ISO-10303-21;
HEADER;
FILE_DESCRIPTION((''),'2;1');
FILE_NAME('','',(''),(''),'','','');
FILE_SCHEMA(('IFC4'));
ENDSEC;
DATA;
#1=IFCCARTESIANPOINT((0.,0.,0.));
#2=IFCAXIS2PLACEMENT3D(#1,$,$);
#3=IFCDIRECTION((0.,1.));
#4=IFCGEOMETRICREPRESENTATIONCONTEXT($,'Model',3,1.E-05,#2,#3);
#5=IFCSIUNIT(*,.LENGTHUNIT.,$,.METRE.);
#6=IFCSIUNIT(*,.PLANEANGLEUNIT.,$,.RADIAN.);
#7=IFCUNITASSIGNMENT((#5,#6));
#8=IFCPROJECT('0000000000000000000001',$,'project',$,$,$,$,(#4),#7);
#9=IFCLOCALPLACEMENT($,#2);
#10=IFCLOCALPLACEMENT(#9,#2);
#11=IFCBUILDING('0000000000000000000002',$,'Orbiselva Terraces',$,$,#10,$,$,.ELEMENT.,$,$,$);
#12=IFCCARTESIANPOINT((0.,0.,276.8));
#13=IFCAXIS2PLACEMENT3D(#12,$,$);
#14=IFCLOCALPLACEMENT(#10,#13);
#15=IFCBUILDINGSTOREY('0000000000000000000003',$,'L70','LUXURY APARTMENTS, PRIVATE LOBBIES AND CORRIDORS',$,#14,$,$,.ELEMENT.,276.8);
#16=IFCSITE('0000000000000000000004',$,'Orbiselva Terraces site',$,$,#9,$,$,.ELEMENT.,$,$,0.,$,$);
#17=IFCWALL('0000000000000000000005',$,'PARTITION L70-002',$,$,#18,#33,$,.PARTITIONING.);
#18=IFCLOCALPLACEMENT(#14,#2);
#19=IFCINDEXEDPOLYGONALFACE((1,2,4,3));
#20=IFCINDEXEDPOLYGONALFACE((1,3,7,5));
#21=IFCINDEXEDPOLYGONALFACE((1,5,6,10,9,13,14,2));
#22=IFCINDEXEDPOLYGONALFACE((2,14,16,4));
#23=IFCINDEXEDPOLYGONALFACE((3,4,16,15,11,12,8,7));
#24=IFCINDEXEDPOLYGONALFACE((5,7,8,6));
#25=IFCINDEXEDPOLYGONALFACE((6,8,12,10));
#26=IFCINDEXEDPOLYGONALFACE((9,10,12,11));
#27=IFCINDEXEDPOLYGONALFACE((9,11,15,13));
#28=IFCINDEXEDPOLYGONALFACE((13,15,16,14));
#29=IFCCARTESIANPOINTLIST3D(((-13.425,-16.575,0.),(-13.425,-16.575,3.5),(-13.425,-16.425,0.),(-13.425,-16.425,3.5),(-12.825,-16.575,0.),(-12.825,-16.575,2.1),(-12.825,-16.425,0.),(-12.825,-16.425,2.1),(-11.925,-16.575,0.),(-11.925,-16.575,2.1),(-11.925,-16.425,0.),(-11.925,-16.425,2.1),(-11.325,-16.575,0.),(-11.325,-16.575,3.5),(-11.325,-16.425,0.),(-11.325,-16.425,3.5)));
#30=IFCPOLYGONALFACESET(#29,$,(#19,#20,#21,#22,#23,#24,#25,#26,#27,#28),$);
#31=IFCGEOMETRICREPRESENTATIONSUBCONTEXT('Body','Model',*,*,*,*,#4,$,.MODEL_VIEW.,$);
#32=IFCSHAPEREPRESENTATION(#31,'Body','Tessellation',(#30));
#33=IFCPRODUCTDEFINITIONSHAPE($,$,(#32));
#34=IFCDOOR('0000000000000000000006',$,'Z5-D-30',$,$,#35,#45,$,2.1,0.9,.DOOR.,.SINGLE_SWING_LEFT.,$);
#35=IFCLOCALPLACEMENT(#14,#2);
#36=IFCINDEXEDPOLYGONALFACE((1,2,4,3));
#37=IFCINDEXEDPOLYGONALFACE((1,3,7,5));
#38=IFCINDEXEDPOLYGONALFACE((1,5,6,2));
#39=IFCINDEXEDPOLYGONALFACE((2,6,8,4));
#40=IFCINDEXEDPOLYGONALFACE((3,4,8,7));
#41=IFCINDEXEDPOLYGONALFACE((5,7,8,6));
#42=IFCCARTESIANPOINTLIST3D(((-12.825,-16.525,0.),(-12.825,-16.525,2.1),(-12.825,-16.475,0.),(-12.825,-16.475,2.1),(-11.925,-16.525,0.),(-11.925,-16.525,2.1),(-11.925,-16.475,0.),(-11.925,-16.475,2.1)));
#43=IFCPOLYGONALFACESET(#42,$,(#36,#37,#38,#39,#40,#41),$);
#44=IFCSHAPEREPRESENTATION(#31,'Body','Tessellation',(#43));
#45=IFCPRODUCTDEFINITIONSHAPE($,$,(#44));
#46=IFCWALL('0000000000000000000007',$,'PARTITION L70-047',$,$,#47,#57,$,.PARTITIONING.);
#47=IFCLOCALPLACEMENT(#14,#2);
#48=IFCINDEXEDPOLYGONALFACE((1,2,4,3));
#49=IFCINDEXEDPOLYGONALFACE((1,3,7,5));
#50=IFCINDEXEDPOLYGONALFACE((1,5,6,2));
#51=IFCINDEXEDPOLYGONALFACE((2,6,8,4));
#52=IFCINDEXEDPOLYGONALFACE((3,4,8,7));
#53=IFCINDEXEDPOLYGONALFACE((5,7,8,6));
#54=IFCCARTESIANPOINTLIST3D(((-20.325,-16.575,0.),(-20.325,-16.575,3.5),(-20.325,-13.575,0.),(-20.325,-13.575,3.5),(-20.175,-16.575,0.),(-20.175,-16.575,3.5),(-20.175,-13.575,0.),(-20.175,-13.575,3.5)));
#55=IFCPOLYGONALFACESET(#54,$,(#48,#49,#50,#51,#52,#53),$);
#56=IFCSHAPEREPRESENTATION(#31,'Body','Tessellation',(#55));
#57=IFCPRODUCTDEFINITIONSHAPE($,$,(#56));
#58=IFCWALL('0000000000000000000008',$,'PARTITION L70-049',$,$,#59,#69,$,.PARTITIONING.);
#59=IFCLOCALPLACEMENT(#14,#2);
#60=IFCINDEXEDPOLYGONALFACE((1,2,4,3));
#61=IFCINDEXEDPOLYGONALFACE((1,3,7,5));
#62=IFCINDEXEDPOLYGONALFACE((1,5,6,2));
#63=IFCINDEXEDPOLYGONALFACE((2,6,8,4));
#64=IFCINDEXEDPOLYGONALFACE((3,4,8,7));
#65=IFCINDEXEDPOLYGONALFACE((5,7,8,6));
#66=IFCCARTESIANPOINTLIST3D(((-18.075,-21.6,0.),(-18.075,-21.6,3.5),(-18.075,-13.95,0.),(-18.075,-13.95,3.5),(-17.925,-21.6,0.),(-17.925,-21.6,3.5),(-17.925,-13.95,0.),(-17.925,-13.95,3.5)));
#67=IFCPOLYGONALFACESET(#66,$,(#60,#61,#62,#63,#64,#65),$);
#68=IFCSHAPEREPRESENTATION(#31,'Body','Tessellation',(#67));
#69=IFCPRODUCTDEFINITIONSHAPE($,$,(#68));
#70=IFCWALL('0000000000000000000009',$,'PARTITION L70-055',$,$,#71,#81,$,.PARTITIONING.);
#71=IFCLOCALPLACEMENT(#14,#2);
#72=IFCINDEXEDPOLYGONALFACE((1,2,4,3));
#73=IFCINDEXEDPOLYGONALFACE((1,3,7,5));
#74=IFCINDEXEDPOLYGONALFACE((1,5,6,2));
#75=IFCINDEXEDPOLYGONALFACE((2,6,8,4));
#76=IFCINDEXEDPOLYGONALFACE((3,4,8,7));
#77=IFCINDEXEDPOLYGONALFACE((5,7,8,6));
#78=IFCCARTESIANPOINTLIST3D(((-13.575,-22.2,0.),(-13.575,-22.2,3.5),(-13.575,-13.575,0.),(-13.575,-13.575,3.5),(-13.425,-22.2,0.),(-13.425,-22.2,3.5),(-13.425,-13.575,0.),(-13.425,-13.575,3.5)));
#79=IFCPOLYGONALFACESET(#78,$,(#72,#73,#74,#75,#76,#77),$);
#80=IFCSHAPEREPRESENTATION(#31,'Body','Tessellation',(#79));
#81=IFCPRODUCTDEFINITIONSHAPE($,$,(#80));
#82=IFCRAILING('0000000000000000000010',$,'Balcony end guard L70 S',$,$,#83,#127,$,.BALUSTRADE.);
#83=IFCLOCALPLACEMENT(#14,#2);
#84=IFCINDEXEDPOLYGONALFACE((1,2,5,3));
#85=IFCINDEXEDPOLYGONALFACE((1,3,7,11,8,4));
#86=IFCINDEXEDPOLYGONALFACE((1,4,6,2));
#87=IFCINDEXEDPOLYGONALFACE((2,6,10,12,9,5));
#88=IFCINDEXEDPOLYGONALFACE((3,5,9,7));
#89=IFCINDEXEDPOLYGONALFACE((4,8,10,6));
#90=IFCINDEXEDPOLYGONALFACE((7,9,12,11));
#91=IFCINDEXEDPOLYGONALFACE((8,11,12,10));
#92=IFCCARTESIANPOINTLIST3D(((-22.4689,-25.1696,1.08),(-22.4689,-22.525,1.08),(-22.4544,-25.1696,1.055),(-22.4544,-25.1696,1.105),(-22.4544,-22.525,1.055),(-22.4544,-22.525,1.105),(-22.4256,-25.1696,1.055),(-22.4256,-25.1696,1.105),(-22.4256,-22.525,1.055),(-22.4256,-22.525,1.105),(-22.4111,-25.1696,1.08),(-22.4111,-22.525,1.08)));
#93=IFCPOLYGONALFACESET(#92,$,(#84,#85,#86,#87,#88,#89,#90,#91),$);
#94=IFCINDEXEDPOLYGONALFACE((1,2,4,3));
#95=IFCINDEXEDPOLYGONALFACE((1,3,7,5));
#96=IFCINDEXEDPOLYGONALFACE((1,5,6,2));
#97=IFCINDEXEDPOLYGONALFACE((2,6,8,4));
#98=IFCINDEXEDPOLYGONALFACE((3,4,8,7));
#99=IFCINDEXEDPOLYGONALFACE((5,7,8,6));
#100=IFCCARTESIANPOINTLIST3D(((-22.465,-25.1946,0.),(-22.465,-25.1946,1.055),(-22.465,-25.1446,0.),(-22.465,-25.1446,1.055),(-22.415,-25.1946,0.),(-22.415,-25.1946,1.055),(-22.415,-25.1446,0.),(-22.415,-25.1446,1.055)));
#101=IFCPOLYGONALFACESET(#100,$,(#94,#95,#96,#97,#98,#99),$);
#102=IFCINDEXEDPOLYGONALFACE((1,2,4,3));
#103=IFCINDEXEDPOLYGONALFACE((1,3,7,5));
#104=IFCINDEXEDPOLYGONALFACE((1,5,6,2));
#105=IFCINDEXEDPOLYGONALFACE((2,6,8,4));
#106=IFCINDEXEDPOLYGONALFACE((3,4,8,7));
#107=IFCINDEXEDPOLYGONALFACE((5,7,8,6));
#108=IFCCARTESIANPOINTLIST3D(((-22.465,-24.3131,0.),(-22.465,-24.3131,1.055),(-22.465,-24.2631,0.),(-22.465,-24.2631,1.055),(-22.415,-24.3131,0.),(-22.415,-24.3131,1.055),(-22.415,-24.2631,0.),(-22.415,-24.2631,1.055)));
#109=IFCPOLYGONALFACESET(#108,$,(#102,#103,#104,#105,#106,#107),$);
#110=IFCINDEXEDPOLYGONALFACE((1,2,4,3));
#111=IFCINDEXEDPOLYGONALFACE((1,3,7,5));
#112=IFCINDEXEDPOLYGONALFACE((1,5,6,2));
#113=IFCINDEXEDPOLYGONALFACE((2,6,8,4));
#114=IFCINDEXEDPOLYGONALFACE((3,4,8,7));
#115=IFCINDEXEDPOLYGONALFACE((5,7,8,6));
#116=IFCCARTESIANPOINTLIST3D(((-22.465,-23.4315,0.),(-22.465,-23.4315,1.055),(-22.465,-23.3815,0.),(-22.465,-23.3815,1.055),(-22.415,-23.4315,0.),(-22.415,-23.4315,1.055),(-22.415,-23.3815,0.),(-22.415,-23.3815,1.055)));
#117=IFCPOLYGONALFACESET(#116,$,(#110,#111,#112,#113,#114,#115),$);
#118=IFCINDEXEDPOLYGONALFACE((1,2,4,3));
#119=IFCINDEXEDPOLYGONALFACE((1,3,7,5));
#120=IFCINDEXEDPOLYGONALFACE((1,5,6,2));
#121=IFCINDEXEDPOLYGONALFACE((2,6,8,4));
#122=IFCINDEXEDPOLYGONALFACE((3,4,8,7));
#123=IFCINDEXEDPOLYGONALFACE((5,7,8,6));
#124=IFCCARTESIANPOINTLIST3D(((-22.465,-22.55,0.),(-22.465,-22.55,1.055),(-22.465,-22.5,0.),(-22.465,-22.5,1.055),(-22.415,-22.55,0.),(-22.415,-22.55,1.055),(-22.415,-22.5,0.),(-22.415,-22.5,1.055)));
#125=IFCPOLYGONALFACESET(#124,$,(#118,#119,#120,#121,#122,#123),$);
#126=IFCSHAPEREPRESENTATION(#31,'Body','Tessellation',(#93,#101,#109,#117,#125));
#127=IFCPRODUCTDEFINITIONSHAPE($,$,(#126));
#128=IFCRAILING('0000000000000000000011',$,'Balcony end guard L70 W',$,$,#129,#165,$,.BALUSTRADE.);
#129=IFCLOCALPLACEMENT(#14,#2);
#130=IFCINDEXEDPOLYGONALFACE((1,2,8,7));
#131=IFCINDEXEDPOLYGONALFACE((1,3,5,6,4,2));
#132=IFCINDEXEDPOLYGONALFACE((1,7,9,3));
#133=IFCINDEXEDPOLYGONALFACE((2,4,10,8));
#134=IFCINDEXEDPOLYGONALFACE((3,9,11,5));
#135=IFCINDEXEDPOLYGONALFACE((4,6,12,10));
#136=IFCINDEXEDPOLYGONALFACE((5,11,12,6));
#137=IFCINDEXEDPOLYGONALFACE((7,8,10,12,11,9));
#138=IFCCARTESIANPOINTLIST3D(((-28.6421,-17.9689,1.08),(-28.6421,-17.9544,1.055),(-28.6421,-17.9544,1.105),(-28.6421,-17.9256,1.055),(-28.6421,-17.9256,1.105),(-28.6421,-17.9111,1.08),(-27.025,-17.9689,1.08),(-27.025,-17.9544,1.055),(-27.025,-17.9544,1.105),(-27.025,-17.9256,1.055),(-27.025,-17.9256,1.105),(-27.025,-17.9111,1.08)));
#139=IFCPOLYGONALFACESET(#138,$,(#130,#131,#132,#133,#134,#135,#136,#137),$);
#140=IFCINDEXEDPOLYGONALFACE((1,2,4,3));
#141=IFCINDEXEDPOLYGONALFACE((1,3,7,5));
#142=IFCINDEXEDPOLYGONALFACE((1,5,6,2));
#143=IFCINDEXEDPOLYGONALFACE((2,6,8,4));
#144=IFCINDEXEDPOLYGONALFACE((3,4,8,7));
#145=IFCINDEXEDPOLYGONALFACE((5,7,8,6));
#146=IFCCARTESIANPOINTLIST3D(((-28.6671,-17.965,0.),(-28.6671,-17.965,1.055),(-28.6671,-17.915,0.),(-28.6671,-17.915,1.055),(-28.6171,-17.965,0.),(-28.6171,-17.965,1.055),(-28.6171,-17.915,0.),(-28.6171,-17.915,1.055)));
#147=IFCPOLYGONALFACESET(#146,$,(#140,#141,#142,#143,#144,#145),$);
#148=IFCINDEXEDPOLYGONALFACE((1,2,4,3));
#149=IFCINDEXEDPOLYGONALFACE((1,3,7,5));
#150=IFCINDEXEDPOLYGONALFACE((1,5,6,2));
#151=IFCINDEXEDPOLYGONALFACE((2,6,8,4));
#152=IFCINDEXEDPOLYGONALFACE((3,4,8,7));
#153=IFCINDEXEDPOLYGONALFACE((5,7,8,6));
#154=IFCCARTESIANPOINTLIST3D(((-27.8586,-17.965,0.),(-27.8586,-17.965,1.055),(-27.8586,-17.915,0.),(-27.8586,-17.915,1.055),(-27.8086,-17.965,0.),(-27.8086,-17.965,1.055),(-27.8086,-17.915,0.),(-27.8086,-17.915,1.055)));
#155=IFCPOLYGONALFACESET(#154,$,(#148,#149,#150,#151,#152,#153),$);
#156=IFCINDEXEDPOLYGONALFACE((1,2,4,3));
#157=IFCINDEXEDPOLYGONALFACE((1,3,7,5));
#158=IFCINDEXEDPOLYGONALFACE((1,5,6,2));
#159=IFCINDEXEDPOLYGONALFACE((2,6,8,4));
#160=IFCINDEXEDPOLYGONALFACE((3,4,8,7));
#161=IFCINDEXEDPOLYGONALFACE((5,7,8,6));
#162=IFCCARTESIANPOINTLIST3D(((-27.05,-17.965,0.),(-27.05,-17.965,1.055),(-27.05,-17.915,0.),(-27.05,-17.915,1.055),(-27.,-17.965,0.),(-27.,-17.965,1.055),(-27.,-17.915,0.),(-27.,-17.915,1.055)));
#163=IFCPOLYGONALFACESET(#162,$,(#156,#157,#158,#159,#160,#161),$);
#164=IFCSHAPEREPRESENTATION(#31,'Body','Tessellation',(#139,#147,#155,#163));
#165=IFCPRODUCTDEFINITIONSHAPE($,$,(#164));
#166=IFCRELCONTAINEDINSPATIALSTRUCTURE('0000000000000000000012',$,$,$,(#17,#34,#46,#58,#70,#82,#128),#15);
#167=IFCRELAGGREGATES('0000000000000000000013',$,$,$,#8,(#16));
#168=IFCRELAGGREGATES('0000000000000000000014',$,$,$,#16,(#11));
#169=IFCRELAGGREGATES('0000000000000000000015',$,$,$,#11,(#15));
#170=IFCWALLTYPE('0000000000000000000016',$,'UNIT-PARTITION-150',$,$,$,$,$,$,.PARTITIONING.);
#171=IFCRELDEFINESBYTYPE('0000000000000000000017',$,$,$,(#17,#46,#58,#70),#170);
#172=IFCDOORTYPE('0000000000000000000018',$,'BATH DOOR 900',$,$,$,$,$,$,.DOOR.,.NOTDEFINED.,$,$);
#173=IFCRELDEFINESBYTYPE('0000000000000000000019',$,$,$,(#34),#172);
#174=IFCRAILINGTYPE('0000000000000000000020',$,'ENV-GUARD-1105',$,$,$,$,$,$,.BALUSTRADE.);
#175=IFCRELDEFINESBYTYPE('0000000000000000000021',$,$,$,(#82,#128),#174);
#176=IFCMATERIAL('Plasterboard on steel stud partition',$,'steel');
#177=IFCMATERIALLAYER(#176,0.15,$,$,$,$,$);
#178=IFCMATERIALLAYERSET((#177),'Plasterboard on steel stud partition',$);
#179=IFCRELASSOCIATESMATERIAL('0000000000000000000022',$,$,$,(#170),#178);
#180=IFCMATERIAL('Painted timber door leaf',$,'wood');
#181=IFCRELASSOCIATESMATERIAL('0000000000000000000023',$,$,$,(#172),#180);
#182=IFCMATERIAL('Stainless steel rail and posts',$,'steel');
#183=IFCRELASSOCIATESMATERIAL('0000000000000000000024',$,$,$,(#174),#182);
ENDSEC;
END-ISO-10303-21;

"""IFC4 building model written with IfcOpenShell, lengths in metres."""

from ifc_helpers import new_model, si_unit, direction, frame, frame_2d, origin, origin_2d, place, context, subcontext, project, spatial, polyline, rectangle, outline, extrude, material, layer, layer_set, type_object, element, fill, save


model = new_model("IFC4")

# Units and contexts
model_context = context("Model", 3, precision=1e-05, world=origin(), true_north=direction((0.0, 1.0)))
body_context = subcontext(model_context, "Body", "Model", "MODEL_VIEW")
ifc_project = project(units=[si_unit("LENGTHUNIT", "METRE"), si_unit("PLANEANGLEUNIT", "RADIAN")], contexts=[model_context])

# Site, building, storey
site_placement = place(None, origin())
site = spatial("IfcSite", under=ifc_project, at=site_placement, Name="Orbiselva Terraces site", CompositionType="ELEMENT", RefElevation=0.0)
building_placement = place(site_placement, origin())
building = spatial("IfcBuilding", under=site, at=building_placement, Name="Orbiselva Terraces", CompositionType="ELEMENT")
storey_placement = place(building_placement, frame((0.0, 0.0, 276.8)))
storey = spatial("IfcBuildingStorey", under=building, at=storey_placement, Name="L70", Description="LUXURY APARTMENTS, PRIVATE LOBBIES AND CORRIDORS", CompositionType="ELEMENT", Elevation=276.8)

# Wall, opening, door
ifc_material_1 = material(Name="Plasterboard on steel stud partition", Category="steel")
ifc_layer_1 = layer(ifc_material_1, 0.15)
ifc_layer_set_1 = layer_set([ifc_layer_1], Name="Plasterboard on steel stud partition")
wall_type_1 = type_object("IfcWallType", Name="UNIT-PARTITION-150", PredefinedType="PARTITIONING", material=ifc_layer_set_1)
ifc_material_2 = material(Name="Painted timber door leaf", Category="wood")
door_type_1 = type_object("IfcDoorType", Name="BATH DOOR 900", OperationType="NOTDEFINED", PredefinedType="DOOR", material=ifc_material_2)
wall_1_placement = place(storey_placement, frame((-13.425, -16.5, 0.0), z_axis=(0.0, 0.0, 1.0), x_axis=(1.0, 0.0, 0.0)))
wall_1 = element("IfcWall", 1, at=wall_1_placement, inside=storey, type_object=wall_type_1, Name="PARTITION L70-002", PredefinedType="PARTITIONING", context=body_context, shape_type="SweptSolid", body=[
    extrude(rectangle(XDim=2.1, YDim=0.15, at=frame_2d((1.05, 0.0))), origin(), (0.0, 0.0, 1.0), 3.5),
])
opening_1_placement = place(wall_1_placement, frame((0.6, 0.0, 0.0)))
opening_1 = element("IfcOpeningElement", 2, at=opening_1_placement, cuts=wall_1, PredefinedType="OPENING", context=body_context, shape_type="SweptSolid", body=[
    extrude(rectangle(XDim=0.9, YDim=2.1, at=frame_2d((0.45, 1.05))), frame((0.0, 0.085, 0.0), z_axis=(0.0, -1.0, 0.0), x_axis=(1.0, 0.0, 0.0)), (0.0, 0.0, 1.0), 0.17),
])
door_1_placement = place(opening_1_placement, origin())
door_1 = element("IfcDoor", 3, at=door_1_placement, inside=storey, type_object=door_type_1, Name="Z5-D-30", OperationType="SINGLE_SWING_LEFT", OverallHeight=2.1, OverallWidth=0.9, PredefinedType="DOOR", context=body_context, shape_type="SweptSolid", body=[
    extrude(rectangle(XDim=0.9, YDim=2.1, at=frame_2d((0.45, 1.05))), frame((0.0, 0.025, 0.0), z_axis=(0.0, -1.0, 0.0), x_axis=(1.0, 0.0, 0.0)), (0.0, 0.0, 1.0), 0.05),
])
fill(opening_1, door_1)

# Walls
wall_2_placement = place(storey_placement, frame((-20.25, -16.575, 0.0), z_axis=(0.0, 0.0, 1.0), x_axis=(0.0, 1.0, 0.0)))
element("IfcWall", 4, at=wall_2_placement, inside=storey, type_object=wall_type_1, Name="PARTITION L70-047", PredefinedType="PARTITIONING", context=body_context, shape_type="SweptSolid", body=[
    extrude(rectangle(XDim=3.0, YDim=0.15, at=frame_2d((1.5, 0.0))), origin(), (0.0, 0.0, 1.0), 3.5),
])
wall_3_placement = place(storey_placement, frame((-18.0, -21.6, 0.0), z_axis=(0.0, 0.0, 1.0), x_axis=(0.0, 1.0, 0.0)))
element("IfcWall", 5, at=wall_3_placement, inside=storey, type_object=wall_type_1, Name="PARTITION L70-049", PredefinedType="PARTITIONING", context=body_context, shape_type="SweptSolid", body=[
    extrude(rectangle(XDim=7.65, YDim=0.15, at=frame_2d((3.825, 0.0))), origin(), (0.0, 0.0, 1.0), 3.5),
])
wall_4_placement = place(storey_placement, frame((-13.5, -22.2, 0.0), z_axis=(0.0, 0.0, 1.0), x_axis=(0.0, 1.0, 0.0)))
element("IfcWall", 6, at=wall_4_placement, inside=storey, type_object=wall_type_1, Name="PARTITION L70-055", PredefinedType="PARTITIONING", context=body_context, shape_type="SweptSolid", body=[
    extrude(rectangle(XDim=8.625, YDim=0.15, at=frame_2d((4.3125, 0.0))), origin(), (0.0, 0.0, 1.0), 3.5),
])

# Railings
ifc_material_3 = material(Name="Stainless steel rail and posts", Category="steel")
railing_type_1 = type_object("IfcRailingType", Name="ENV-GUARD-1105", PredefinedType="BALUSTRADE", material=ifc_material_3)
railing_1_placement = place(storey_placement, frame((-22.44, -25.1696, 0.0)))
element("IfcRailing", 7, at=railing_1_placement, inside=storey, type_object=railing_type_1, Name="Balcony end guard L70 S", PredefinedType="BALUSTRADE", context=body_context, shape_type="SweptSolid", body=[
    extrude(outline(polyline([(0.0289, 0.0), (0.0144, 0.025), (-0.0144, 0.025), (-0.0289, 0.0), (-0.0144, -0.025), (0.0144, -0.025), (0.0289, 0.0)])), frame((0.0, 0.0, 1.08), z_axis=(0.0, 1.0, 0.0), x_axis=(-1.0, 0.0, 0.0)), (0.0, 0.0, 1.0), 2.6446),
    extrude(rectangle(XDim=0.05, YDim=0.05, at=origin_2d()), origin(), (0.0, 0.0, 1.0), 1.055),
    extrude(rectangle(XDim=0.05, YDim=0.05, at=origin_2d()), frame((0.0, 0.8815, 0.0)), (0.0, 0.0, 1.0), 1.055),
    extrude(rectangle(XDim=0.05, YDim=0.05, at=origin_2d()), frame((0.0, 1.7631, 0.0)), (0.0, 0.0, 1.0), 1.055),
    extrude(rectangle(XDim=0.05, YDim=0.05, at=origin_2d()), frame((0.0, 2.6446, 0.0)), (0.0, 0.0, 1.0), 1.055),
])
railing_2_placement = place(storey_placement, frame((-28.6421, -17.94, 0.0)))
element("IfcRailing", 8, at=railing_2_placement, inside=storey, type_object=railing_type_1, Name="Balcony end guard L70 W", PredefinedType="BALUSTRADE", context=body_context, shape_type="SweptSolid", body=[
    extrude(outline(polyline([(0.0289, 0.0), (0.0144, 0.025), (-0.0144, 0.025), (-0.0289, 0.0), (-0.0144, -0.025), (0.0144, -0.025), (0.0289, 0.0)])), frame((0.0, 0.0, 1.08), z_axis=(1.0, 0.0, 0.0), x_axis=(0.0, 1.0, 0.0)), (0.0, 0.0, 1.0), 1.6171),
    extrude(rectangle(XDim=0.05, YDim=0.05, at=origin_2d()), origin(), (0.0, 0.0, 1.0), 1.055),
    extrude(rectangle(XDim=0.05, YDim=0.05, at=origin_2d()), frame((0.8086, 0.0, 0.0)), (0.0, 0.0, 1.0), 1.055),
    extrude(rectangle(XDim=0.05, YDim=0.05, at=origin_2d()), frame((1.6171, 0.0, 0.0)), (0.0, 0.0, 1.0), 1.055),
])

save(model, "model.ifc")
